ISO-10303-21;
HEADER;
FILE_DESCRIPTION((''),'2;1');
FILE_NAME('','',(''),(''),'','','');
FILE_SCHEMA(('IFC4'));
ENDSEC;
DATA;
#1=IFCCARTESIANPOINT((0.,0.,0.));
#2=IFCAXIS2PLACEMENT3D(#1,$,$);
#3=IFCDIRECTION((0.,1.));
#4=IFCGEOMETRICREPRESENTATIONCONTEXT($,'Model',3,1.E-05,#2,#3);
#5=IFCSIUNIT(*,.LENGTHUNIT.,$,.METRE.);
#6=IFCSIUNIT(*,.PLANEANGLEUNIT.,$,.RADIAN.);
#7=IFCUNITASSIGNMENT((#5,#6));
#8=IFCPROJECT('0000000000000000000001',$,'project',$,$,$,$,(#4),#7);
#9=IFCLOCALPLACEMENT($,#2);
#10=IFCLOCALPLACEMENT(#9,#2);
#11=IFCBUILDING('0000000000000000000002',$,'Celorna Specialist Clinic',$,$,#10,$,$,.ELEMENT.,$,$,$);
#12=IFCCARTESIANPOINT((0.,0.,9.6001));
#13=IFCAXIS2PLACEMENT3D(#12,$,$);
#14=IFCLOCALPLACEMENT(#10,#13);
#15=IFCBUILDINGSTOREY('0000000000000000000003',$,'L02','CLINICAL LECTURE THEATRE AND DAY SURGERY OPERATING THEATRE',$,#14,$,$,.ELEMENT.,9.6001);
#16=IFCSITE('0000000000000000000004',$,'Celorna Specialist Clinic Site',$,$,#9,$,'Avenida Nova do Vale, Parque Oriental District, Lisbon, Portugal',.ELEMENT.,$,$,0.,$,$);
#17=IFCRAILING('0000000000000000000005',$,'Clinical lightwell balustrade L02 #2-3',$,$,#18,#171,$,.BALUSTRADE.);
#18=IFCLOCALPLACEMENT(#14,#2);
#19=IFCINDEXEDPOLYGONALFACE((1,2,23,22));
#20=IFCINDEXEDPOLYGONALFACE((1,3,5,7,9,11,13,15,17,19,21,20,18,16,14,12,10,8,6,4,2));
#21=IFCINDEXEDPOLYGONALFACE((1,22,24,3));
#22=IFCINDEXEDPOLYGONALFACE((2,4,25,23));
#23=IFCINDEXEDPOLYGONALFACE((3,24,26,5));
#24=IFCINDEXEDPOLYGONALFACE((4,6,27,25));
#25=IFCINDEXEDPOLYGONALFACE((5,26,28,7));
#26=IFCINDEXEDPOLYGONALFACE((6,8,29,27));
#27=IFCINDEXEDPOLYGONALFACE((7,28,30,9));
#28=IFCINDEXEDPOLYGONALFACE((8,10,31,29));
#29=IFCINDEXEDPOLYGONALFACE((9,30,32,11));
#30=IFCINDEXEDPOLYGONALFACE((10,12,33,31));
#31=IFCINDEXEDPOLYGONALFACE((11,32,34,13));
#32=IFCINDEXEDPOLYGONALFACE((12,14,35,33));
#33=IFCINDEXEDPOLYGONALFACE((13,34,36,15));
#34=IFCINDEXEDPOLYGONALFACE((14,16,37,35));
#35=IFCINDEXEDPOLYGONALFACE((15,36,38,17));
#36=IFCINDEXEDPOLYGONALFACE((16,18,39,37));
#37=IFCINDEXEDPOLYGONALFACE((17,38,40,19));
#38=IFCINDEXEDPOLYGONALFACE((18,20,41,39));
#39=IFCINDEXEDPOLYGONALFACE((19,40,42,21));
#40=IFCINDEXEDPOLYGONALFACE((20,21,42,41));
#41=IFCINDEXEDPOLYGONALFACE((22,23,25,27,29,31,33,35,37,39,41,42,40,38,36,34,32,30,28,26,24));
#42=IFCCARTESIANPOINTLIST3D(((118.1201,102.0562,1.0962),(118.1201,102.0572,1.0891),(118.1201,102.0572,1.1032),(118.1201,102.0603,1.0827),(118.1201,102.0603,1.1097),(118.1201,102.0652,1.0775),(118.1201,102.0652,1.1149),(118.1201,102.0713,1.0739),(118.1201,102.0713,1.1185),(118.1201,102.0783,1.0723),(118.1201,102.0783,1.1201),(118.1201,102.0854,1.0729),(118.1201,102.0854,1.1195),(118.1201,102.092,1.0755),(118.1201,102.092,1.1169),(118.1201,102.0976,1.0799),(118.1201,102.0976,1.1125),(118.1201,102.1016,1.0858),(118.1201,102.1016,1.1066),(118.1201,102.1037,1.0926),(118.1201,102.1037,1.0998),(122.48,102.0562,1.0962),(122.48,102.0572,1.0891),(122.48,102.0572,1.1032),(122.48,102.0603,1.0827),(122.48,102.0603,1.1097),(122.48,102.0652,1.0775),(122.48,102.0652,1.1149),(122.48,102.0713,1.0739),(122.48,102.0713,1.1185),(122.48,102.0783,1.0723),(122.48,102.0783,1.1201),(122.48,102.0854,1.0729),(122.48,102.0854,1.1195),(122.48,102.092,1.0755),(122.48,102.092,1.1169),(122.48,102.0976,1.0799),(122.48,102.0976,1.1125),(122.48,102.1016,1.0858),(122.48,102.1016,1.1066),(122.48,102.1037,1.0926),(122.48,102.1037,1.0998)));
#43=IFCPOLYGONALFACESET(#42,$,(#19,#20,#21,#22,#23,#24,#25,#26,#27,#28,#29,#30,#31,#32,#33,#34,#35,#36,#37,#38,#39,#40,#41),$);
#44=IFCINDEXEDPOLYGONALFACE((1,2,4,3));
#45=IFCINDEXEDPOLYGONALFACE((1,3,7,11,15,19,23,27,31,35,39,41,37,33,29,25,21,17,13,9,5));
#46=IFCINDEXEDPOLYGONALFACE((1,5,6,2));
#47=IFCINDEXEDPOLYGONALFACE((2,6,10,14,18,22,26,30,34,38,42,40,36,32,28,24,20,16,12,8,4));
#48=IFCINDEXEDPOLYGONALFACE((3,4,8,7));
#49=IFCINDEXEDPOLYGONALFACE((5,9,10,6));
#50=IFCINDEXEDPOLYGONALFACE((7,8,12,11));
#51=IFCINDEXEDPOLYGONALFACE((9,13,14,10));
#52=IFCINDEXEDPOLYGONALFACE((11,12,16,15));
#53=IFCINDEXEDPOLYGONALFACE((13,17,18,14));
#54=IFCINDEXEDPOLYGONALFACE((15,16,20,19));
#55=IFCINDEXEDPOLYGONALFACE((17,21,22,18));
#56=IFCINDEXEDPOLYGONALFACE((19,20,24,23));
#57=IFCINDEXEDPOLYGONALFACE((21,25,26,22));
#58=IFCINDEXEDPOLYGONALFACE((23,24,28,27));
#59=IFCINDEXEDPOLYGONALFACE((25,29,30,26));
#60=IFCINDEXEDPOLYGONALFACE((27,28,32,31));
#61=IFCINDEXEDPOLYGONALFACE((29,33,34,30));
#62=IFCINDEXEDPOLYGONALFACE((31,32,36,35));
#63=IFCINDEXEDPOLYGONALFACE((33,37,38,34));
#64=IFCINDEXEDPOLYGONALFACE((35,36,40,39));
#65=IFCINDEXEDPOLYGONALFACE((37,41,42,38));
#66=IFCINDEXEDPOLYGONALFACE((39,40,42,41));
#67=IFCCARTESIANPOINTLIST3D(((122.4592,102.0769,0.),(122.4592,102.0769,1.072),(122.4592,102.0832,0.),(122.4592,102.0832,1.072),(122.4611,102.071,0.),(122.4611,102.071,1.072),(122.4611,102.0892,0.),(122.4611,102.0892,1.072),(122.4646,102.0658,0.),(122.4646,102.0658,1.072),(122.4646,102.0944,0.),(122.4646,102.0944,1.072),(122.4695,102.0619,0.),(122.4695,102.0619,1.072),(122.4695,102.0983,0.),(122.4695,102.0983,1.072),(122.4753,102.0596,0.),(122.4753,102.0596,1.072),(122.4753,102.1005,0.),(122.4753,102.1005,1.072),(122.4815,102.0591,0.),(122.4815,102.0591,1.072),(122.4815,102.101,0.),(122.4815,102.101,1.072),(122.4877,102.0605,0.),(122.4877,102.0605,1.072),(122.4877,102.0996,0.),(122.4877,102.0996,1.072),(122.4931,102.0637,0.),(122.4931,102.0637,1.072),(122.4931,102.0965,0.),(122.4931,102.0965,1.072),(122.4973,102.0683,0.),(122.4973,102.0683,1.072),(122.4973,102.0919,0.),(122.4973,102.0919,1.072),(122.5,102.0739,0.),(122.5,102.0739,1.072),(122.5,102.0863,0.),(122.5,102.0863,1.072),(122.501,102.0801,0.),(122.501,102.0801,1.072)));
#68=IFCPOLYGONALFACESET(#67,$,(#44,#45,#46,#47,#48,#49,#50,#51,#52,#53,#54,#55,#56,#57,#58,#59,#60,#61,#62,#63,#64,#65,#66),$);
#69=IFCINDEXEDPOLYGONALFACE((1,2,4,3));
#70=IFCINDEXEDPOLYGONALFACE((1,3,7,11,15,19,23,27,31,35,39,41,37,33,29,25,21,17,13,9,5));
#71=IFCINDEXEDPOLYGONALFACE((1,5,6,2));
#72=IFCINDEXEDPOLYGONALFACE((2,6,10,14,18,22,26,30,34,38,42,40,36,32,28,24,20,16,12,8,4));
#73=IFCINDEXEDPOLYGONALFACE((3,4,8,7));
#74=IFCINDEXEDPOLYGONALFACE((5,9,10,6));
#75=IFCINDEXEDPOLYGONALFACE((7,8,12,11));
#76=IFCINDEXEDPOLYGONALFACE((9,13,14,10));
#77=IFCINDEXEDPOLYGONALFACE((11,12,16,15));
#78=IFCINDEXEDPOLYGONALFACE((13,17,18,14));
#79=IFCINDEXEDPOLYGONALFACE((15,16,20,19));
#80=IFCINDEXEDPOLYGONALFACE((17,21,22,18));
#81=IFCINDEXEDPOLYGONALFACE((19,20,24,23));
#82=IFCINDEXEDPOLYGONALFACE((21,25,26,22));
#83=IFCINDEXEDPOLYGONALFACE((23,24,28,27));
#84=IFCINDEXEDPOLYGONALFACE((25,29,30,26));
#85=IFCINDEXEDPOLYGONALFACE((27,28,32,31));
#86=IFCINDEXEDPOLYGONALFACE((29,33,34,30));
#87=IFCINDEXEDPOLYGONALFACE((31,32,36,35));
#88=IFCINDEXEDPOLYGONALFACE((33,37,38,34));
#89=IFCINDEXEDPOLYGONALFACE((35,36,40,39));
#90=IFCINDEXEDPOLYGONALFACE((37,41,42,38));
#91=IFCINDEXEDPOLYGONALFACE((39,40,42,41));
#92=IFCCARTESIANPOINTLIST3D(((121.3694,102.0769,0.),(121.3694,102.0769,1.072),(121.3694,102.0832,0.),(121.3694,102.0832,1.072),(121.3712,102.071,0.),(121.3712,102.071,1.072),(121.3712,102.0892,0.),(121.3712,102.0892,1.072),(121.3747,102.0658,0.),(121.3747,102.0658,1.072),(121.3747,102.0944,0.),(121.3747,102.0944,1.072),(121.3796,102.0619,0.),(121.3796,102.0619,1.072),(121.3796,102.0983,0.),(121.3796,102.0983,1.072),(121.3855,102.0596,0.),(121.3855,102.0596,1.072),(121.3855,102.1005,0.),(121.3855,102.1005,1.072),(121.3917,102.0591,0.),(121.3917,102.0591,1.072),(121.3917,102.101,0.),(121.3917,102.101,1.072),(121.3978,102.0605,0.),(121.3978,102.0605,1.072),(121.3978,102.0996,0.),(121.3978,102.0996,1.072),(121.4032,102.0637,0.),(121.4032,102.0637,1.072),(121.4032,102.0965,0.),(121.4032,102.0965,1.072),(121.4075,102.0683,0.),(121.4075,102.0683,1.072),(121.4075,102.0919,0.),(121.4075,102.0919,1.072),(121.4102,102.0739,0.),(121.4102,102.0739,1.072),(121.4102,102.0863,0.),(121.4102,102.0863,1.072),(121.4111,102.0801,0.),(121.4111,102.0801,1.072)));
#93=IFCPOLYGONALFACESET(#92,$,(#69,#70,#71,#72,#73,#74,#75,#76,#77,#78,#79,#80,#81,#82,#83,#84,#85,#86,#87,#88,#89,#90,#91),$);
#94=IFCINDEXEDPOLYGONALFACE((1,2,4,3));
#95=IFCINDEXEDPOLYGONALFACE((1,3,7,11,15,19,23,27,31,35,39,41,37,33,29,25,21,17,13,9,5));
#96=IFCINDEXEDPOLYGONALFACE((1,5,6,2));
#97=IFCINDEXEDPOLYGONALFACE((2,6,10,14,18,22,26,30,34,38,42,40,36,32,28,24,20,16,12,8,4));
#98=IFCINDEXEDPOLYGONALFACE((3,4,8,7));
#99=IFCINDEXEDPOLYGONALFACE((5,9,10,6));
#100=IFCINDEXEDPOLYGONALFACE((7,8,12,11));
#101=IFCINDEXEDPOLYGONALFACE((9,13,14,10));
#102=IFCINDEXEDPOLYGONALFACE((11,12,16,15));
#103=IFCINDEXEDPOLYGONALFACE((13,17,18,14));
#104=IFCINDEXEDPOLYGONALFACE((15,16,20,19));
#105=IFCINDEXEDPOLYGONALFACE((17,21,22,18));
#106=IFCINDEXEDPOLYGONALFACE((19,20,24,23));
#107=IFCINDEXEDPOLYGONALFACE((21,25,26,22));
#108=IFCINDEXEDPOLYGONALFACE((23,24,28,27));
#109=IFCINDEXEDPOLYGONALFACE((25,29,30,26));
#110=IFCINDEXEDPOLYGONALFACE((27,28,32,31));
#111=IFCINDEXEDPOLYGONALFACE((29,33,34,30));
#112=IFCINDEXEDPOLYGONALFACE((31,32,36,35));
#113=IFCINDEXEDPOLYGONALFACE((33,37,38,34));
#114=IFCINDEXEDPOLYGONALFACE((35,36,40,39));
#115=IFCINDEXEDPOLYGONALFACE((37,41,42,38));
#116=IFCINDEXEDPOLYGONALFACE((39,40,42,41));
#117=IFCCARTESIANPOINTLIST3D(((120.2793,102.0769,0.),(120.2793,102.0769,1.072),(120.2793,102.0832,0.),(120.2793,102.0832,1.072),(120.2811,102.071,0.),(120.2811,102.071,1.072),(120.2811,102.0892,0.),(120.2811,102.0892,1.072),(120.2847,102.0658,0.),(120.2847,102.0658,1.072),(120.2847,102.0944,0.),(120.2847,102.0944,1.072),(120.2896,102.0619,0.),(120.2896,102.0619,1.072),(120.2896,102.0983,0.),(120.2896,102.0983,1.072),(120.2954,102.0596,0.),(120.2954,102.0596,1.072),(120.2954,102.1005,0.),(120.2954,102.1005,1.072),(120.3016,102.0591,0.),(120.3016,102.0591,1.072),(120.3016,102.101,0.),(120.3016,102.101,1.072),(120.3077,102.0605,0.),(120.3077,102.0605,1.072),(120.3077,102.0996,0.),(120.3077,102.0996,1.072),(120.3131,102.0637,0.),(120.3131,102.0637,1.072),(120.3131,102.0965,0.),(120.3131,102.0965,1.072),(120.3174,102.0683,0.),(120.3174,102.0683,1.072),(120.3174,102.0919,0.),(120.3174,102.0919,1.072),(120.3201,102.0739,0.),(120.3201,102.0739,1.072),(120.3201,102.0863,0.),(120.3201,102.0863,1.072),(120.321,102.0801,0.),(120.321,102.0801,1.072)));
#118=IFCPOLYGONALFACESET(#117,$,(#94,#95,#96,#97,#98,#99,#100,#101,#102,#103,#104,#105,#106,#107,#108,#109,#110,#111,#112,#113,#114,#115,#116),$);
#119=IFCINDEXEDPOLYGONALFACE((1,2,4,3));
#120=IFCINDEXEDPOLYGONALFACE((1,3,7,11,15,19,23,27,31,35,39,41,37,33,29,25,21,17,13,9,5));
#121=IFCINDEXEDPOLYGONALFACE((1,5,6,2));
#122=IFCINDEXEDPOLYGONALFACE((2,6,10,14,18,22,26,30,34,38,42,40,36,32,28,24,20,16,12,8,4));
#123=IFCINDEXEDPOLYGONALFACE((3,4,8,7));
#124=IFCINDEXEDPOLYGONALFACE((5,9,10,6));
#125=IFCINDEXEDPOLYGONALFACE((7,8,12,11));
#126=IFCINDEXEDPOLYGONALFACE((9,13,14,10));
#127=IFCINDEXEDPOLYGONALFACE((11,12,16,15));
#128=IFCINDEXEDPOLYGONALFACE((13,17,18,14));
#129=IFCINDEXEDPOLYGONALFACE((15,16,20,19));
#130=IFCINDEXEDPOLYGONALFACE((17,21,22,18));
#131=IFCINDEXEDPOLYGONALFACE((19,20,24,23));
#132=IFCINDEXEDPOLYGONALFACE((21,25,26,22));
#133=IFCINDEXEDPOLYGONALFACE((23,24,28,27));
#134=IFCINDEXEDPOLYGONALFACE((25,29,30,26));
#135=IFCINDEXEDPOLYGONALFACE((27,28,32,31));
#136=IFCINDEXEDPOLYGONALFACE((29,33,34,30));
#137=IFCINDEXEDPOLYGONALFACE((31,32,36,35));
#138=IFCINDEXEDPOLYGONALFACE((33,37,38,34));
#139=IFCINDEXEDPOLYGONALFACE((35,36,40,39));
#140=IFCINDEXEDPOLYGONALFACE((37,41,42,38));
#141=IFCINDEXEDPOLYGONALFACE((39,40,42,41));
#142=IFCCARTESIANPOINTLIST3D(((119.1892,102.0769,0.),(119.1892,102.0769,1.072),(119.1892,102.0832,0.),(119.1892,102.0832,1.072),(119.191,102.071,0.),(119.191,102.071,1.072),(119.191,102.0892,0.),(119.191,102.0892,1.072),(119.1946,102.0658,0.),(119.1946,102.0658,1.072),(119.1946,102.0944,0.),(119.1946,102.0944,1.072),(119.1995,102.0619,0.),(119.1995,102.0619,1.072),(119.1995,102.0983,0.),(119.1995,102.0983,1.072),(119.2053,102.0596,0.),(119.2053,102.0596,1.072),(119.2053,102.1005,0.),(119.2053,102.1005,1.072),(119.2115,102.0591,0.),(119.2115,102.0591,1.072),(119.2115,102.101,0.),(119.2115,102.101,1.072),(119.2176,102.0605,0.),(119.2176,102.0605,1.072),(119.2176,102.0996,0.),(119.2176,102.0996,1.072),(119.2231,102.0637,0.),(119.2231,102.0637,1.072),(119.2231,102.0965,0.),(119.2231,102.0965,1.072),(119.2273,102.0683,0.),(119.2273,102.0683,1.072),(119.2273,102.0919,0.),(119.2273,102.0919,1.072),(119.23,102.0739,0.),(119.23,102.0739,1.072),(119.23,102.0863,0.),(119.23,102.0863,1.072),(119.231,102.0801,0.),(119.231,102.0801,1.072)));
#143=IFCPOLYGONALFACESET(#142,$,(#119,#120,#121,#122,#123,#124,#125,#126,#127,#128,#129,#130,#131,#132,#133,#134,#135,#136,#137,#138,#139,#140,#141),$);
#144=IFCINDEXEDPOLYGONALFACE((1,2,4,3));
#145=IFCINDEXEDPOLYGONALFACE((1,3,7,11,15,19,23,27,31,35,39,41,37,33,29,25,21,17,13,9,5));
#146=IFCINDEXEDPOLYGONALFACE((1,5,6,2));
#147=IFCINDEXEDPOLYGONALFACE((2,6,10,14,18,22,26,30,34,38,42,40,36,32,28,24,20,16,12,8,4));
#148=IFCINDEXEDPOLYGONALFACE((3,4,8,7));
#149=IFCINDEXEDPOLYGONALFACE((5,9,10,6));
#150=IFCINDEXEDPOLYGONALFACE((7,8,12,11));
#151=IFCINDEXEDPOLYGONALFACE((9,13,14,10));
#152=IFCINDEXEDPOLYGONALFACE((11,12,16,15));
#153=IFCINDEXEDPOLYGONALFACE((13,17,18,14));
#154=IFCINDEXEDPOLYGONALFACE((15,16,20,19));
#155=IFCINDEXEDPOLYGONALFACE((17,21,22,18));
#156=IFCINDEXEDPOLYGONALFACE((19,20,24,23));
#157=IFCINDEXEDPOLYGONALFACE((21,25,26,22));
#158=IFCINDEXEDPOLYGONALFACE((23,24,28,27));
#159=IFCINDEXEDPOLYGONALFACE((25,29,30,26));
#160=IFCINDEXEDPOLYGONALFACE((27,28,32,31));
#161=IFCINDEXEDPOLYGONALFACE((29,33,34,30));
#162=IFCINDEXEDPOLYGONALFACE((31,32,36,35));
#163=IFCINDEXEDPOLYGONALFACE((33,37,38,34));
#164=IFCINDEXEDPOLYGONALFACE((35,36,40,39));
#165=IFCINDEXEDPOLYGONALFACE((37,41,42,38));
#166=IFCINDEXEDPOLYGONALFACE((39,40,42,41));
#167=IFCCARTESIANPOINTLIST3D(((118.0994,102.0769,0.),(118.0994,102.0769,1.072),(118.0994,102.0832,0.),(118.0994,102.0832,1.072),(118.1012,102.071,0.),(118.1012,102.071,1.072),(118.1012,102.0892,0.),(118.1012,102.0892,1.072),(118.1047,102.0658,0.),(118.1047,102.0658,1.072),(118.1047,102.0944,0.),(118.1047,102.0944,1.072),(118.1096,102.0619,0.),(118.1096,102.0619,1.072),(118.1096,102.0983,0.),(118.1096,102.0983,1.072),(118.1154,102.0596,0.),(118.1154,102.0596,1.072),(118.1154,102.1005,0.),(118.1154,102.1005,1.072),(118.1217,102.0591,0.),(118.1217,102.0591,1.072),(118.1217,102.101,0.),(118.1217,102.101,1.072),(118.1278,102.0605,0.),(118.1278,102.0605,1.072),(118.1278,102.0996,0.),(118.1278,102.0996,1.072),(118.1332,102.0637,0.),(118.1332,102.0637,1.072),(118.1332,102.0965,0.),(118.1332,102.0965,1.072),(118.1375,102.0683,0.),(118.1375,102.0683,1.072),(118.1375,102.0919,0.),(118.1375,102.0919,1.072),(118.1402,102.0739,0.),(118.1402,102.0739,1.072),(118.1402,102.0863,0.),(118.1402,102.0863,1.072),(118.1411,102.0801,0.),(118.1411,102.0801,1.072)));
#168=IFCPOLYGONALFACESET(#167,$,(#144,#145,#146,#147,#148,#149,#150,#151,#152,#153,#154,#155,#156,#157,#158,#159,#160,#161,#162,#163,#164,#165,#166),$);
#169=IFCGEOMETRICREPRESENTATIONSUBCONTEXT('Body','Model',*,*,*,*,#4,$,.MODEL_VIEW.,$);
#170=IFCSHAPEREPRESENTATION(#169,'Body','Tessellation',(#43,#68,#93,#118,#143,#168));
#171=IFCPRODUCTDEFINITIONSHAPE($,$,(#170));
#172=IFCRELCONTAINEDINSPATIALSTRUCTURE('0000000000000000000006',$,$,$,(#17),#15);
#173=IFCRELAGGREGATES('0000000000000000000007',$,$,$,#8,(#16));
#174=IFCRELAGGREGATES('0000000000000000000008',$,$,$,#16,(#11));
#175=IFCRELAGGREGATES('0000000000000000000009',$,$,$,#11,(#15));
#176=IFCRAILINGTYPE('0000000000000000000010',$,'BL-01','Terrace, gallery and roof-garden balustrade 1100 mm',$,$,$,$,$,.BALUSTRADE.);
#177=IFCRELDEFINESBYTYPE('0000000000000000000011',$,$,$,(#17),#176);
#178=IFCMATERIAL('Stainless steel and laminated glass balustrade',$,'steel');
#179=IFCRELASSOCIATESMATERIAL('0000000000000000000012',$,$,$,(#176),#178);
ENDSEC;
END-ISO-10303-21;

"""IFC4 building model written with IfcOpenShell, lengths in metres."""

from ifc_helpers import new_model, si_unit, direction, frame, origin, origin_2d, place, context, subcontext, project, spatial, circle, extrude, material, type_object, element, save


model = new_model("IFC4")

# Units and contexts
model_context = context("Model", 3, precision=1e-05, world=origin(), true_north=direction((0.0, 1.0)))
body_context = subcontext(model_context, "Body", "Model", "MODEL_VIEW")
ifc_project = project(units=[si_unit("LENGTHUNIT", "METRE"), si_unit("PLANEANGLEUNIT", "RADIAN")], contexts=[model_context])

# Site, building, storey
site_placement = place(None, origin())
site = spatial("IfcSite", under=ifc_project, at=site_placement, Name="Celorna Specialist Clinic Site", LongName="Avenida Nova do Vale, Parque Oriental District, Lisbon, Portugal", CompositionType="ELEMENT", RefElevation=0.0)
building_placement = place(site_placement, origin())
building = spatial("IfcBuilding", under=site, at=building_placement, Name="Celorna Specialist Clinic", CompositionType="ELEMENT")
storey_placement = place(building_placement, frame((0.0, 0.0, 9.6001)))
storey = spatial("IfcBuildingStorey", under=building, at=storey_placement, Name="L02", Description="CLINICAL LECTURE THEATRE AND DAY SURGERY OPERATING THEATRE", CompositionType="ELEMENT", Elevation=9.6001)

# Railing
ifc_material_1 = material(Name="Stainless steel and laminated glass balustrade", Category="steel")
railing_type = type_object("IfcRailingType", Name="BL-01", Description="Terrace, gallery and roof-garden balustrade 1100 mm", PredefinedType="BALUSTRADE", material=ifc_material_1)
railing_1_placement = place(storey_placement, frame((122.48, 102.0801, 0.0)))
element("IfcRailing", 1, at=railing_1_placement, inside=storey, type_object=railing_type, Name="Clinical lightwell balustrade L02 #2-3", PredefinedType="BALUSTRADE", context=body_context, shape_type="SweptSolid", body=[
    extrude(circle(Radius=0.0239, at=origin_2d()), frame((0.0, 0.0, 1.0962), z_axis=(-1.0, 0.0, 0.0), x_axis=(0.0, -1.0, 0.0)), (0.0, 0.0, 1.0), 4.3599),
    extrude(circle(Radius=0.021, at=origin_2d()), origin(), (0.0, 0.0, 1.0), 1.072),
    extrude(circle(Radius=0.021, at=origin_2d()), frame((-1.0898, 0.0, 0.0)), (0.0, 0.0, 1.0), 1.072),
    extrude(circle(Radius=0.021, at=origin_2d()), frame((-2.1799, 0.0, 0.0)), (0.0, 0.0, 1.0), 1.072),
    extrude(circle(Radius=0.021, at=origin_2d()), frame((-3.27, 0.0, 0.0)), (0.0, 0.0, 1.0), 1.072),
    extrude(circle(Radius=0.021, at=origin_2d()), frame((-4.3599, 0.0, 0.0)), (0.0, 0.0, 1.0), 1.072),
])

save(model, "model.ifc")
